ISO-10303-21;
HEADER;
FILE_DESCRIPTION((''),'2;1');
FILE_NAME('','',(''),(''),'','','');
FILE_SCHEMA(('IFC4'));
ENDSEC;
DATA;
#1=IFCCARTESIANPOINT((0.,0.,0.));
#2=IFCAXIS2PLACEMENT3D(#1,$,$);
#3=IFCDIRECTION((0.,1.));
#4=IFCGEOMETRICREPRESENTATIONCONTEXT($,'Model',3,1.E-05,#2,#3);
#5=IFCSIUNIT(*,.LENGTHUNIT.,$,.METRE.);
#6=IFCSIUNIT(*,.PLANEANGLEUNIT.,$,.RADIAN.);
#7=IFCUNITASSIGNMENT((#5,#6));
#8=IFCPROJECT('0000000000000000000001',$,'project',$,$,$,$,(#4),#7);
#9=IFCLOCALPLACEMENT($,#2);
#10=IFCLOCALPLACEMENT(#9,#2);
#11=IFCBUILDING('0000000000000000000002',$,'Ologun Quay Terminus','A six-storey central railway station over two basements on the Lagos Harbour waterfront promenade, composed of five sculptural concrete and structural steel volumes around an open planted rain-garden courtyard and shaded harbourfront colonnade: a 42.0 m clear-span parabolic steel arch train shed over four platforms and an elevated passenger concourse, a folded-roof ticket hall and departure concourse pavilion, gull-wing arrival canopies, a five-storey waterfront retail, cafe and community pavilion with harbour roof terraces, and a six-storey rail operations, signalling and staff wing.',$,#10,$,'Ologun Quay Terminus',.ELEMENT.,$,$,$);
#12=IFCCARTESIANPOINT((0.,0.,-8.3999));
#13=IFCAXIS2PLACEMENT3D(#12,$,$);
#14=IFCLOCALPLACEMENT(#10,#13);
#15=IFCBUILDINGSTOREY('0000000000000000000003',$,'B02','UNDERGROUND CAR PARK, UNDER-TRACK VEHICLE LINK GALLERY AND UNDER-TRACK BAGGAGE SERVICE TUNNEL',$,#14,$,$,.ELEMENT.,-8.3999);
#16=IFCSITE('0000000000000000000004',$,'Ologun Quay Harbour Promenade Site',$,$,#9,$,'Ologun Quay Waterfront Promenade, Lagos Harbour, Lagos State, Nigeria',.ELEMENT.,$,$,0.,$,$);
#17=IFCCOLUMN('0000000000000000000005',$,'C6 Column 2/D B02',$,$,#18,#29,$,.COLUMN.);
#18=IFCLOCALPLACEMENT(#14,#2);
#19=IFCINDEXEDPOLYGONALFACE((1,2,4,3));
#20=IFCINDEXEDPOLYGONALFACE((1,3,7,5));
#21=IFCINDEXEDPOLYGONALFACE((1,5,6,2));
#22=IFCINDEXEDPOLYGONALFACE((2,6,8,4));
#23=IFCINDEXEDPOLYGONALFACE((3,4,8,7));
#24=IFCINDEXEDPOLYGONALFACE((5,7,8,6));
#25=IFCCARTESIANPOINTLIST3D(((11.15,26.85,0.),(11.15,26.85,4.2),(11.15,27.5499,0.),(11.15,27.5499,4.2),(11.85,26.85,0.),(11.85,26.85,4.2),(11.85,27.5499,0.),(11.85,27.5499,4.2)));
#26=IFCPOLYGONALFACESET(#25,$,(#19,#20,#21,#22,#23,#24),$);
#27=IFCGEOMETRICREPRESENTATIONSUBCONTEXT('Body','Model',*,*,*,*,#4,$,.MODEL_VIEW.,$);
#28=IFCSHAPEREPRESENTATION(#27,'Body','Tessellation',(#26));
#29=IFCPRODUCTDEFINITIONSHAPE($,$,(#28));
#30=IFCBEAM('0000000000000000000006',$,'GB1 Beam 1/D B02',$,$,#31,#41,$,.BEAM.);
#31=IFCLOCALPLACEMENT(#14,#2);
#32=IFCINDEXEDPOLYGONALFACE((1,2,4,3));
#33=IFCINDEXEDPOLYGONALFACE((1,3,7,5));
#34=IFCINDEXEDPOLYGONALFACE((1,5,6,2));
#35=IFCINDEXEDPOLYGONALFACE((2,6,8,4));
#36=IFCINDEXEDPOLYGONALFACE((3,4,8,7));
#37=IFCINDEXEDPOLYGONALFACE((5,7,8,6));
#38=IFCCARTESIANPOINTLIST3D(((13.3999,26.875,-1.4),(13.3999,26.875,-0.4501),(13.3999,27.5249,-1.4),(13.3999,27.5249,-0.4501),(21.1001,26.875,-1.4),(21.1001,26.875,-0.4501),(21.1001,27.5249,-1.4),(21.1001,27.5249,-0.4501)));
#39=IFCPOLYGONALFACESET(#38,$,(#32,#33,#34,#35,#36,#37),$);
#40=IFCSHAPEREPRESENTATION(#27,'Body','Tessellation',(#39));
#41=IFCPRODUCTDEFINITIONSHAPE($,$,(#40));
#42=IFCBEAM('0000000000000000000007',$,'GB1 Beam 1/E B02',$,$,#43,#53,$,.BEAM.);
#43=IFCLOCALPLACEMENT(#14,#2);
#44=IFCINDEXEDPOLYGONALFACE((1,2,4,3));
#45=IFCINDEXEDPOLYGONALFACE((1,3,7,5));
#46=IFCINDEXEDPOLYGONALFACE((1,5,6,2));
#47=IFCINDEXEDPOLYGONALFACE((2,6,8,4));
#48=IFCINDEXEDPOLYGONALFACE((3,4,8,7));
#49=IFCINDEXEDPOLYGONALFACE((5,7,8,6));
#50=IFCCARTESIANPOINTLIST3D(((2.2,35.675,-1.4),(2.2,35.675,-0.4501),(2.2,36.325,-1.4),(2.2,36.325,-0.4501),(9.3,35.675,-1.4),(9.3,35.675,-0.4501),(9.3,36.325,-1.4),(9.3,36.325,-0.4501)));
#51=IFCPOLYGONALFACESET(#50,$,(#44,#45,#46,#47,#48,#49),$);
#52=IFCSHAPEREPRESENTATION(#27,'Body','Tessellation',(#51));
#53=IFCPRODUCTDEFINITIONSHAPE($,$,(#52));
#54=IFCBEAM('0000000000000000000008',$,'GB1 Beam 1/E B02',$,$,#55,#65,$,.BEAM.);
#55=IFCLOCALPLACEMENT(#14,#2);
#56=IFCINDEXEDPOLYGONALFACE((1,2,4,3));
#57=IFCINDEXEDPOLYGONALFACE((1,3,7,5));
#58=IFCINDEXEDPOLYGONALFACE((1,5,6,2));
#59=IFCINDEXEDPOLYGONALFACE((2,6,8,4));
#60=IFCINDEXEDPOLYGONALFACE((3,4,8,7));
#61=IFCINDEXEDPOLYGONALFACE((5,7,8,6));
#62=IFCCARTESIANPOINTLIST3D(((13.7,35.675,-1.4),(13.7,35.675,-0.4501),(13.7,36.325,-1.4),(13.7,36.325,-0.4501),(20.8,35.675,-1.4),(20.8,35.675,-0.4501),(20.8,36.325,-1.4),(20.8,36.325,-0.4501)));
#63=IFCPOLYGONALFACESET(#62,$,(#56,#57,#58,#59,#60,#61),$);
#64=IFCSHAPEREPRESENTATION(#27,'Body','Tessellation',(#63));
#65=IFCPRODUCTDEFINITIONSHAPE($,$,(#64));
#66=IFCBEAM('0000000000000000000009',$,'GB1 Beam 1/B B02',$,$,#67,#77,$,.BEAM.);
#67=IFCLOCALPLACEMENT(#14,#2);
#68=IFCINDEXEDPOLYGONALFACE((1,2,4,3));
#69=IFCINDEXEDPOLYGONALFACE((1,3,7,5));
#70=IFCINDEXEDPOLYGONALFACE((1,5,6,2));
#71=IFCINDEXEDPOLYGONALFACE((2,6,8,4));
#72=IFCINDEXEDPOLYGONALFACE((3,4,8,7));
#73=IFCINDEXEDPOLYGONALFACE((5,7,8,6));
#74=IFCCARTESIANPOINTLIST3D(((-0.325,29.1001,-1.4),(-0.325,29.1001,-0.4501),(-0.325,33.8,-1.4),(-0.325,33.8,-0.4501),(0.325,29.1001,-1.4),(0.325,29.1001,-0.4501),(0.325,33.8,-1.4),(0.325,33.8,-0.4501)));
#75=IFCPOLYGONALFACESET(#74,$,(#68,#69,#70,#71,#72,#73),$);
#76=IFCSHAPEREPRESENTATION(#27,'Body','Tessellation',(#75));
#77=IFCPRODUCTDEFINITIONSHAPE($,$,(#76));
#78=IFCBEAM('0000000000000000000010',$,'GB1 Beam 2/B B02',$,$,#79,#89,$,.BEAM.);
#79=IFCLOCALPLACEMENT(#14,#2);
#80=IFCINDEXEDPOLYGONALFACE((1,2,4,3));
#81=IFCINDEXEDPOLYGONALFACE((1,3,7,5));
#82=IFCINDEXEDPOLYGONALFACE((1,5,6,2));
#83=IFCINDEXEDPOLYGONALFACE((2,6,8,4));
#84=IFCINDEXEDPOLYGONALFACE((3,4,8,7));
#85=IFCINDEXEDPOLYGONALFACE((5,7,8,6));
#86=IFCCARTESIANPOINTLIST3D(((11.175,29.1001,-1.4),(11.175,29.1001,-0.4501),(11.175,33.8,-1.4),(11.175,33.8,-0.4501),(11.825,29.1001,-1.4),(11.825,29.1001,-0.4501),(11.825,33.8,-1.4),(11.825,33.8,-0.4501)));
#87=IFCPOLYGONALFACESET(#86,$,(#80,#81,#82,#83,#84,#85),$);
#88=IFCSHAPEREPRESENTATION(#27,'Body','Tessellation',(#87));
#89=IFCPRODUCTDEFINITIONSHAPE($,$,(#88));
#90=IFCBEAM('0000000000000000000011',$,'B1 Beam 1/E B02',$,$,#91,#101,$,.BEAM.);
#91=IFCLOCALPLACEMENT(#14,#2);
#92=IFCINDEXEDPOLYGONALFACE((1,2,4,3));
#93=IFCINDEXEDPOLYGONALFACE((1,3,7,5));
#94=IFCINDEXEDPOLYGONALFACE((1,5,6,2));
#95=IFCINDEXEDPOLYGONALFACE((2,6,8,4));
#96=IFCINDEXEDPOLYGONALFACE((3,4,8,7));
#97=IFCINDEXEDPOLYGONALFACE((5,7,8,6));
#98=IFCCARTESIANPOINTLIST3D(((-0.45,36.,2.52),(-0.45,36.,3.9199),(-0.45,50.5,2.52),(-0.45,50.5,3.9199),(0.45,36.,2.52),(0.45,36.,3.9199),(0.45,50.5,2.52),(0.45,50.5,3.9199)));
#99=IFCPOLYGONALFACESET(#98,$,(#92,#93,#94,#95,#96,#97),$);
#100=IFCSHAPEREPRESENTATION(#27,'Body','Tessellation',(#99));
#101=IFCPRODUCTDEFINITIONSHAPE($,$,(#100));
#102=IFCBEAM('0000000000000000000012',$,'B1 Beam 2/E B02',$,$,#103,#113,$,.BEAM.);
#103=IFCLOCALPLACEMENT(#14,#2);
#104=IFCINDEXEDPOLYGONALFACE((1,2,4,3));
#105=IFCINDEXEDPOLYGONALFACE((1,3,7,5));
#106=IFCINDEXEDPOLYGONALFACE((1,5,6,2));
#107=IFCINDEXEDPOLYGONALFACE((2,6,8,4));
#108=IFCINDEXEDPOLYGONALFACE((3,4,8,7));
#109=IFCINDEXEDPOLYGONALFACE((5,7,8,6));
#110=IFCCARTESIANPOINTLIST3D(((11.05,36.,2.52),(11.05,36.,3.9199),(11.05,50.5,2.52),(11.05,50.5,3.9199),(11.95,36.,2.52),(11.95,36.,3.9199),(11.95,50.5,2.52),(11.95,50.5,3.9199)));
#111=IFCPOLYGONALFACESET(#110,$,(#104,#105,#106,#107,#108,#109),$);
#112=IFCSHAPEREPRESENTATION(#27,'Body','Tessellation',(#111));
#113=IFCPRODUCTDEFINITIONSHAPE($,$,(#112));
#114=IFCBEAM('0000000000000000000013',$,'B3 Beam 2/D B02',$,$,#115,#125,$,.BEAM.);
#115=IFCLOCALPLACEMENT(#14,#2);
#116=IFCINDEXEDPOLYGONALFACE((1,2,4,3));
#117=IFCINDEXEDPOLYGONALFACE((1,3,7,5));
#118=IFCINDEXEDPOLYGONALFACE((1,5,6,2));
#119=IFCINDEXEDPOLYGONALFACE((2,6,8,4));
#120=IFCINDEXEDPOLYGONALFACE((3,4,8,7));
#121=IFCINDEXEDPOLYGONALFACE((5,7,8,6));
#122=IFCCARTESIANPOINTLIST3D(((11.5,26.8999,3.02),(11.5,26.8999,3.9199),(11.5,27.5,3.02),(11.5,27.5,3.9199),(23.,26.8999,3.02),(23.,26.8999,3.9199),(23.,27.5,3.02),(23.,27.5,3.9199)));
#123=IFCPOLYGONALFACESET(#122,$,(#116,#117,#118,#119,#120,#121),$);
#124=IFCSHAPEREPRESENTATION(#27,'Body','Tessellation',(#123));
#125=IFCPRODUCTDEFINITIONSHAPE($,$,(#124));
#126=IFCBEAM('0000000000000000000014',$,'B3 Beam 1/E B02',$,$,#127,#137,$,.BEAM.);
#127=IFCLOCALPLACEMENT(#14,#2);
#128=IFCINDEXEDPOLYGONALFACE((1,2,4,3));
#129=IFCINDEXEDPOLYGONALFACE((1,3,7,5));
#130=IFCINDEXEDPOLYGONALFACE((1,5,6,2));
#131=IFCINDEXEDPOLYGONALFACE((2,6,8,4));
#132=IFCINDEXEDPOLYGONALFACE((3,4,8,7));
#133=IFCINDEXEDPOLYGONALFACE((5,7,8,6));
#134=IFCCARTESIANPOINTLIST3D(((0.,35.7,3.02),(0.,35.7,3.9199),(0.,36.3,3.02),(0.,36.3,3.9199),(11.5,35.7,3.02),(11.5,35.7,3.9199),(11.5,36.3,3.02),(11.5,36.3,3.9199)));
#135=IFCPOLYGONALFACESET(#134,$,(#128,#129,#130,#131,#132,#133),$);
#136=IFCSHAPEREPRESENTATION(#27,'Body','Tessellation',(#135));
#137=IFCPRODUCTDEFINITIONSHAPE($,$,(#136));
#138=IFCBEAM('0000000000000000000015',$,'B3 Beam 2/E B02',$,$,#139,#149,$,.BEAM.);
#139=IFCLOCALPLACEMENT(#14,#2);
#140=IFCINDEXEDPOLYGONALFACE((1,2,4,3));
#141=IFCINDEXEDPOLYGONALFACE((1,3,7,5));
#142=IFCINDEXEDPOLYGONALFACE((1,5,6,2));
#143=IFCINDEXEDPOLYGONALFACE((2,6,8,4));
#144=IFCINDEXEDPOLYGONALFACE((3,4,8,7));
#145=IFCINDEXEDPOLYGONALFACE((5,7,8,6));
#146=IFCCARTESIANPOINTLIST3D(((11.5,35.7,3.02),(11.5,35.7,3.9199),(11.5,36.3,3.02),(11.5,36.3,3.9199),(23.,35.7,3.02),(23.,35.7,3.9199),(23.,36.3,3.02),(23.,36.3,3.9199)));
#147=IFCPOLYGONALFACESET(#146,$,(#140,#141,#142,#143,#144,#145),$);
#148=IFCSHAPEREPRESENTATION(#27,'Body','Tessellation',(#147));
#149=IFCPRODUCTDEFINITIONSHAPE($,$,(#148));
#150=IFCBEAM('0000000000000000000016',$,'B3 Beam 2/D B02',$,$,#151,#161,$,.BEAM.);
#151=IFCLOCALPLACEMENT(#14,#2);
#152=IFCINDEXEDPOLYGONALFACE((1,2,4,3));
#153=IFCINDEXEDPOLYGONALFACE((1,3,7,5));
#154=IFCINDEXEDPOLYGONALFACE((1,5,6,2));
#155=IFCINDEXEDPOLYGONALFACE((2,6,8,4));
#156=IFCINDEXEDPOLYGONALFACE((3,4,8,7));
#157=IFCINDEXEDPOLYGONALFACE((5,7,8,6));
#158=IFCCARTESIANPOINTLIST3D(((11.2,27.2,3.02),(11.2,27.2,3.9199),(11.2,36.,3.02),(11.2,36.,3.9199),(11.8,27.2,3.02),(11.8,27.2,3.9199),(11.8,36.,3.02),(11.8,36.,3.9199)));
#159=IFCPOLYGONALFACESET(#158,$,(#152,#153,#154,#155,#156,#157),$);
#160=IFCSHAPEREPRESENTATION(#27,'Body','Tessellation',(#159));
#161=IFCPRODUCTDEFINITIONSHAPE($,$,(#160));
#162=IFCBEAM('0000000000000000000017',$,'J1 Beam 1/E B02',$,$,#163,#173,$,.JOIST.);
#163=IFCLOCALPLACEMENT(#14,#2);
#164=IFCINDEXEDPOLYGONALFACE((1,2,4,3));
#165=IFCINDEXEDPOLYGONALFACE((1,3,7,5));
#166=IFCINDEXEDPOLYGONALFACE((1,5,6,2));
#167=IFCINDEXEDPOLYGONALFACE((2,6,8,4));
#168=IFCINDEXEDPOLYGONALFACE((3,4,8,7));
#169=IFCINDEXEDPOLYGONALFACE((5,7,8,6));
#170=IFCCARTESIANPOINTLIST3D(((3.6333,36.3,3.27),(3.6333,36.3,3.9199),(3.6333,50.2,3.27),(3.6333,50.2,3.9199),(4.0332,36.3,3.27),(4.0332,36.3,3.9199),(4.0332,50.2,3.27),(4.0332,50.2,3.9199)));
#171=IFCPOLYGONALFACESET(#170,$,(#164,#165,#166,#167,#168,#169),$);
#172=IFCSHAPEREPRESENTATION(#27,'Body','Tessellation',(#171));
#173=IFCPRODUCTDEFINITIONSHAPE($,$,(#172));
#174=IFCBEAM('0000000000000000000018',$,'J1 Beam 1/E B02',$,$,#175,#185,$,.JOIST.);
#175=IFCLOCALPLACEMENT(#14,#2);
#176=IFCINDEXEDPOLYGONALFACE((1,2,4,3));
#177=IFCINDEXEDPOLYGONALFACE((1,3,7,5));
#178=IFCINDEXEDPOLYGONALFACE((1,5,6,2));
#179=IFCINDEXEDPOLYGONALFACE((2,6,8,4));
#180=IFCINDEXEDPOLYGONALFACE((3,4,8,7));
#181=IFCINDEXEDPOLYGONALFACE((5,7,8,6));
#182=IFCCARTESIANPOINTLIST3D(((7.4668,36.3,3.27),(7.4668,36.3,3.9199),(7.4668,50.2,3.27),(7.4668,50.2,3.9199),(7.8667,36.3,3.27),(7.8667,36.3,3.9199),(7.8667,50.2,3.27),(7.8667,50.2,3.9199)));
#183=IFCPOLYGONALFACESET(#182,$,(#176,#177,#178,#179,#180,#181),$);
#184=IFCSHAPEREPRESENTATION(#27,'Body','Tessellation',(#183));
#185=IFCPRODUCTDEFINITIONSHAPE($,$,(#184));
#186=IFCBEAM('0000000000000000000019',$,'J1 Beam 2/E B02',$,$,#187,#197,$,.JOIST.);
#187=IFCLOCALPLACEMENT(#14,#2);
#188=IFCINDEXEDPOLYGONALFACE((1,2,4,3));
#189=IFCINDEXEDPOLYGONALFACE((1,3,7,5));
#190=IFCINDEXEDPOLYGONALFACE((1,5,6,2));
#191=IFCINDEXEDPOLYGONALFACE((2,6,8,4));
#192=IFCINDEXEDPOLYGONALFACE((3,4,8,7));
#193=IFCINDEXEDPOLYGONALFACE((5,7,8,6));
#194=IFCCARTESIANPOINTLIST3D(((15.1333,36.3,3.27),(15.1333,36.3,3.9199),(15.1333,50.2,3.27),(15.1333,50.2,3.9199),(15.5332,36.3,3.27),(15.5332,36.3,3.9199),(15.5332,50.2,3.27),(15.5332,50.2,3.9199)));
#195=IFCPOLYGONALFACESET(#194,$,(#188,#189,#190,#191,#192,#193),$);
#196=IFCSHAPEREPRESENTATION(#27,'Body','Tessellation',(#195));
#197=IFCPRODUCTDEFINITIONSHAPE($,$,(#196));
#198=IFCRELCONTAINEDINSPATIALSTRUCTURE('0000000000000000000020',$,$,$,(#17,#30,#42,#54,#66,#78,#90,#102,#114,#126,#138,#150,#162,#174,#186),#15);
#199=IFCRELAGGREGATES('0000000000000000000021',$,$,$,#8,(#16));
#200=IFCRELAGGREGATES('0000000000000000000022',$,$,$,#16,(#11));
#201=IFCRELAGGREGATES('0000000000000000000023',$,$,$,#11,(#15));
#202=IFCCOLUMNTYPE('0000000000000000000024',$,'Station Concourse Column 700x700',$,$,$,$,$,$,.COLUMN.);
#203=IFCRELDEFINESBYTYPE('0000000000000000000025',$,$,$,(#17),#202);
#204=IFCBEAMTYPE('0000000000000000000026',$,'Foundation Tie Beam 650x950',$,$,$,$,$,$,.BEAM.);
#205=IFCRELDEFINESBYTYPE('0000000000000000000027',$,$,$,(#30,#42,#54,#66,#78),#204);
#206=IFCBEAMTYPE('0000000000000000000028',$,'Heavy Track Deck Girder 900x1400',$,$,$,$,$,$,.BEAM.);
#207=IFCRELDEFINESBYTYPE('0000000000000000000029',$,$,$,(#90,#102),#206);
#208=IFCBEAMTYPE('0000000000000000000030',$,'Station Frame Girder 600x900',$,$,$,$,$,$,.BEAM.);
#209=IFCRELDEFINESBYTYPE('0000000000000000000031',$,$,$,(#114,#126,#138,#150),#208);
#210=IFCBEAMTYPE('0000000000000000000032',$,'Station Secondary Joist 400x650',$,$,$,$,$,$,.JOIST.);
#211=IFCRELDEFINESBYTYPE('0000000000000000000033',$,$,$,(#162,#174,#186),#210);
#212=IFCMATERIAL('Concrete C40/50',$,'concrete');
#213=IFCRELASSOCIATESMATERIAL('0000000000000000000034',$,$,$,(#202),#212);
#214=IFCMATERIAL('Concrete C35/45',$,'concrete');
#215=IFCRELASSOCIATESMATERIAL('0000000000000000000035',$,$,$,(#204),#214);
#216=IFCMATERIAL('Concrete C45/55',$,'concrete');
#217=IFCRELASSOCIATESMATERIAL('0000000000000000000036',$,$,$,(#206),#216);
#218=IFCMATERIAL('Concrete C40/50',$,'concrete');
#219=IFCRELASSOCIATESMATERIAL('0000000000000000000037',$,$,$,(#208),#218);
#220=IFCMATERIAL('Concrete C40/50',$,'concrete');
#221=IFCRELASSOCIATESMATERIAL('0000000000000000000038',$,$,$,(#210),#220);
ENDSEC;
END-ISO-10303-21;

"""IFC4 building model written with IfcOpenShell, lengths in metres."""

from ifc_helpers import new_model, si_unit, direction, frame, origin, origin_2d, place, context, subcontext, project, spatial, rectangle, extrude, material, material_profile, profile_set, type_object, element, save


model = new_model("IFC4")

# Units and contexts
model_context = context("Model", 3, precision=1e-05, world=origin(), true_north=direction((0.0, 1.0)))
body_context = subcontext(model_context, "Body", "Model", "MODEL_VIEW")
ifc_project = project(units=[si_unit("LENGTHUNIT", "METRE"), si_unit("PLANEANGLEUNIT", "RADIAN")], contexts=[model_context])

# Site, building, storey
site_placement = place(None, origin())
site = spatial("IfcSite", under=ifc_project, at=site_placement, Name="Ologun Quay Harbour Promenade Site", LongName="Ologun Quay Waterfront Promenade, Lagos Harbour, Lagos State, Nigeria", CompositionType="ELEMENT", RefElevation=0.0)
building_placement = place(site_placement, origin())
building = spatial("IfcBuilding", under=site, at=building_placement, Name="Ologun Quay Terminus", Description="A six-storey central railway station over two basements on the Lagos Harbour waterfront promenade, composed of five sculptural concrete and structural steel volumes around an open planted rain-garden courtyard and shaded harbourfront colonnade: a 42.0 m clear-span parabolic steel arch train shed over four platforms and an elevated passenger concourse, a folded-roof ticket hall and departure concourse pavilion, gull-wing arrival canopies, a five-storey waterfront retail, cafe and community pavilion with harbour roof terraces, and a six-storey rail operations, signalling and staff wing.", LongName="Ologun Quay Terminus", CompositionType="ELEMENT")
storey_placement = place(building_placement, frame((0.0, 0.0, -8.3999)))
storey = spatial("IfcBuildingStorey", under=building, at=storey_placement, Name="B02", Description="UNDERGROUND CAR PARK, UNDER-TRACK VEHICLE LINK GALLERY AND UNDER-TRACK BAGGAGE SERVICE TUNNEL", CompositionType="ELEMENT", Elevation=-8.3999)

# Column
ifc_material_1 = material(Name="Concrete C40/50", Category="concrete")
ifc_material_profile_1 = material_profile(ifc_material_1, rectangle(XDim=0.7, YDim=0.7, at=origin_2d()), Name="RC 700x700")
ifc_profile_set_1 = profile_set([ifc_material_profile_1], Name="Concrete C40/50")
column_type_1 = type_object("IfcColumnType", Name="Station Concourse Column 700x700", PredefinedType="COLUMN", material=ifc_profile_set_1)
column_placement = place(storey_placement, frame((11.5, 27.2, 0.0), z_axis=(0.0, 0.0, 1.0), x_axis=(1.0, 0.0, 0.0)))
element("IfcColumn", 1, at=column_placement, inside=storey, type_object=column_type_1, Name="C6 Column 2/D B02", PredefinedType="COLUMN", context=body_context, shape_type="SweptSolid", body=[
    extrude(rectangle(XDim=0.7, YDim=0.7, at=origin_2d()), origin(), (0.0, 0.0, 1.0), 4.2),
])

# Beams
ifc_material_2 = material(Name="Concrete C35/45", Category="concrete")
ifc_material_profile_2 = material_profile(ifc_material_2, rectangle(XDim=0.6499, YDim=0.95, at=origin_2d()), Name="RC 650x950")
ifc_profile_set_2 = profile_set([ifc_material_profile_2], Name="Concrete C35/45")
beam_type_1 = type_object("IfcBeamType", Name="Foundation Tie Beam 650x950", PredefinedType="BEAM", material=ifc_profile_set_2)
beam_1_placement = place(storey_placement, frame((13.3999, 27.2, -0.925), z_axis=(1.0, 0.0, 0.0), x_axis=(0.0, 1.0, 0.0)))
element("IfcBeam", 2, at=beam_1_placement, inside=storey, type_object=beam_type_1, Name="GB1 Beam 1/D B02", PredefinedType="BEAM", context=body_context, shape_type="SweptSolid", body=[
    extrude(rectangle(XDim=0.6499, YDim=0.95, at=origin_2d()), origin(), (0.0, 0.0, 1.0), 7.7002),
])
for number, where, z_axis, x_axis, name in (
    (3, (2.2, 36.0, -0.925), (1.0, 0.0, 0.0), (0.0, 1.0, 0.0), "GB1 Beam 1/E B02"),
    (4, (13.7, 36.0, -0.925), (1.0, 0.0, 0.0), (0.0, 1.0, 0.0), "GB1 Beam 1/E B02"),
):
    element("IfcBeam", number, at=place(storey_placement, frame(where, z_axis=z_axis, x_axis=x_axis)), inside=storey, type_object=beam_type_1, Name=name, PredefinedType="BEAM", context=body_context, shape_type="SweptSolid", body=[
        extrude(rectangle(XDim=0.6499, YDim=0.95, at=origin_2d()), origin(), (0.0, 0.0, 1.0), 7.1001),
    ])
for number, where, z_axis, x_axis, name in (
    (5, (0.0, 29.1001, -0.925), (0.0, 1.0, 0.0), (-1.0, 0.0, 0.0), "GB1 Beam 1/B B02"),
    (6, (11.5, 29.1001, -0.925), (0.0, 1.0, 0.0), (-1.0, 0.0, 0.0), "GB1 Beam 2/B B02"),
):
    element("IfcBeam", number, at=place(storey_placement, frame(where, z_axis=z_axis, x_axis=x_axis)), inside=storey, type_object=beam_type_1, Name=name, PredefinedType="BEAM", context=body_context, shape_type="SweptSolid", body=[
        extrude(rectangle(XDim=0.6499, YDim=0.95, at=origin_2d()), origin(), (0.0, 0.0, 1.0), 4.7),
    ])
ifc_material_3 = material(Name="Concrete C45/55", Category="concrete")
ifc_material_profile_3 = material_profile(ifc_material_3, rectangle(XDim=0.8999, YDim=1.3999, at=origin_2d()), Name="RC 900x1400")
ifc_profile_set_3 = profile_set([ifc_material_profile_3], Name="Concrete C45/55")
beam_type_2 = type_object("IfcBeamType", Name="Heavy Track Deck Girder 900x1400", PredefinedType="BEAM", material=ifc_profile_set_3)
for number, where, z_axis, x_axis, name in (
    (7, (0.0, 36.0, 3.22), (0.0, 1.0, 0.0), (-1.0, 0.0, 0.0), "B1 Beam 1/E B02"),
    (8, (11.5, 36.0, 3.22), (0.0, 1.0, 0.0), (-1.0, 0.0, 0.0), "B1 Beam 2/E B02"),
):
    element("IfcBeam", number, at=place(storey_placement, frame(where, z_axis=z_axis, x_axis=x_axis)), inside=storey, type_object=beam_type_2, Name=name, PredefinedType="BEAM", context=body_context, shape_type="SweptSolid", body=[
        extrude(rectangle(XDim=0.8999, YDim=1.3999, at=origin_2d()), origin(), (0.0, 0.0, 1.0), 14.5),
    ])
ifc_material_4 = material(Name="Concrete C40/50", Category="concrete")
ifc_material_profile_4 = material_profile(ifc_material_4, rectangle(XDim=0.6001, YDim=0.8999, at=origin_2d()), Name="RC 600x900")
ifc_profile_set_4 = profile_set([ifc_material_profile_4], Name="Concrete C40/50")
beam_type_3 = type_object("IfcBeamType", Name="Station Frame Girder 600x900", PredefinedType="BEAM", material=ifc_profile_set_4)
for number, where, z_axis, x_axis, name in (
    (9, (11.5, 27.2, 3.47), (1.0, 0.0, 0.0), (0.0, 1.0, 0.0), "B3 Beam 2/D B02"),
    (10, (0.0, 36.0, 3.47), (1.0, 0.0, 0.0), (0.0, 1.0, 0.0), "B3 Beam 1/E B02"),
    (11, (11.5, 36.0, 3.47), (1.0, 0.0, 0.0), (0.0, 1.0, 0.0), "B3 Beam 2/E B02"),
):
    element("IfcBeam", number, at=place(storey_placement, frame(where, z_axis=z_axis, x_axis=x_axis)), inside=storey, type_object=beam_type_3, Name=name, PredefinedType="BEAM", context=body_context, shape_type="SweptSolid", body=[
        extrude(rectangle(XDim=0.6001, YDim=0.8999, at=origin_2d()), origin(), (0.0, 0.0, 1.0), 11.5),
    ])
beam_2_placement = place(storey_placement, frame((11.5, 27.2, 3.47), z_axis=(0.0, 1.0, 0.0), x_axis=(-1.0, 0.0, 0.0)))
element("IfcBeam", 12, at=beam_2_placement, inside=storey, type_object=beam_type_3, Name="B3 Beam 2/D B02", PredefinedType="BEAM", context=body_context, shape_type="SweptSolid", body=[
    extrude(rectangle(XDim=0.6001, YDim=0.8999, at=origin_2d()), origin(), (0.0, 0.0, 1.0), 8.8),
])
ifc_material_5 = material(Name="Concrete C40/50", Category="concrete")
ifc_material_profile_5 = material_profile(ifc_material_5, rectangle(XDim=0.3999, YDim=0.6499, at=origin_2d()), Name="RC 400x650")
ifc_profile_set_5 = profile_set([ifc_material_profile_5], Name="Concrete C40/50")
beam_type_4 = type_object("IfcBeamType", Name="Station Secondary Joist 400x650", PredefinedType="JOIST", material=ifc_profile_set_5)
for number, where, z_axis, x_axis, name in (
    (13, (3.8333, 36.3, 3.595), (0.0, 1.0, 0.0), (-1.0, 0.0, 0.0), "J1 Beam 1/E B02"),
    (14, (7.6667, 36.3, 3.595), (0.0, 1.0, 0.0), (-1.0, 0.0, 0.0), "J1 Beam 1/E B02"),
    (15, (15.3333, 36.3, 3.595), (0.0, 1.0, 0.0), (-1.0, 0.0, 0.0), "J1 Beam 2/E B02"),
):
    element("IfcBeam", number, at=place(storey_placement, frame(where, z_axis=z_axis, x_axis=x_axis)), inside=storey, type_object=beam_type_4, Name=name, PredefinedType="JOIST", context=body_context, shape_type="SweptSolid", body=[
        extrude(rectangle(XDim=0.3999, YDim=0.6499, at=origin_2d()), origin(), (0.0, 0.0, 1.0), 13.8999),
    ])

save(model, "model.ifc")
